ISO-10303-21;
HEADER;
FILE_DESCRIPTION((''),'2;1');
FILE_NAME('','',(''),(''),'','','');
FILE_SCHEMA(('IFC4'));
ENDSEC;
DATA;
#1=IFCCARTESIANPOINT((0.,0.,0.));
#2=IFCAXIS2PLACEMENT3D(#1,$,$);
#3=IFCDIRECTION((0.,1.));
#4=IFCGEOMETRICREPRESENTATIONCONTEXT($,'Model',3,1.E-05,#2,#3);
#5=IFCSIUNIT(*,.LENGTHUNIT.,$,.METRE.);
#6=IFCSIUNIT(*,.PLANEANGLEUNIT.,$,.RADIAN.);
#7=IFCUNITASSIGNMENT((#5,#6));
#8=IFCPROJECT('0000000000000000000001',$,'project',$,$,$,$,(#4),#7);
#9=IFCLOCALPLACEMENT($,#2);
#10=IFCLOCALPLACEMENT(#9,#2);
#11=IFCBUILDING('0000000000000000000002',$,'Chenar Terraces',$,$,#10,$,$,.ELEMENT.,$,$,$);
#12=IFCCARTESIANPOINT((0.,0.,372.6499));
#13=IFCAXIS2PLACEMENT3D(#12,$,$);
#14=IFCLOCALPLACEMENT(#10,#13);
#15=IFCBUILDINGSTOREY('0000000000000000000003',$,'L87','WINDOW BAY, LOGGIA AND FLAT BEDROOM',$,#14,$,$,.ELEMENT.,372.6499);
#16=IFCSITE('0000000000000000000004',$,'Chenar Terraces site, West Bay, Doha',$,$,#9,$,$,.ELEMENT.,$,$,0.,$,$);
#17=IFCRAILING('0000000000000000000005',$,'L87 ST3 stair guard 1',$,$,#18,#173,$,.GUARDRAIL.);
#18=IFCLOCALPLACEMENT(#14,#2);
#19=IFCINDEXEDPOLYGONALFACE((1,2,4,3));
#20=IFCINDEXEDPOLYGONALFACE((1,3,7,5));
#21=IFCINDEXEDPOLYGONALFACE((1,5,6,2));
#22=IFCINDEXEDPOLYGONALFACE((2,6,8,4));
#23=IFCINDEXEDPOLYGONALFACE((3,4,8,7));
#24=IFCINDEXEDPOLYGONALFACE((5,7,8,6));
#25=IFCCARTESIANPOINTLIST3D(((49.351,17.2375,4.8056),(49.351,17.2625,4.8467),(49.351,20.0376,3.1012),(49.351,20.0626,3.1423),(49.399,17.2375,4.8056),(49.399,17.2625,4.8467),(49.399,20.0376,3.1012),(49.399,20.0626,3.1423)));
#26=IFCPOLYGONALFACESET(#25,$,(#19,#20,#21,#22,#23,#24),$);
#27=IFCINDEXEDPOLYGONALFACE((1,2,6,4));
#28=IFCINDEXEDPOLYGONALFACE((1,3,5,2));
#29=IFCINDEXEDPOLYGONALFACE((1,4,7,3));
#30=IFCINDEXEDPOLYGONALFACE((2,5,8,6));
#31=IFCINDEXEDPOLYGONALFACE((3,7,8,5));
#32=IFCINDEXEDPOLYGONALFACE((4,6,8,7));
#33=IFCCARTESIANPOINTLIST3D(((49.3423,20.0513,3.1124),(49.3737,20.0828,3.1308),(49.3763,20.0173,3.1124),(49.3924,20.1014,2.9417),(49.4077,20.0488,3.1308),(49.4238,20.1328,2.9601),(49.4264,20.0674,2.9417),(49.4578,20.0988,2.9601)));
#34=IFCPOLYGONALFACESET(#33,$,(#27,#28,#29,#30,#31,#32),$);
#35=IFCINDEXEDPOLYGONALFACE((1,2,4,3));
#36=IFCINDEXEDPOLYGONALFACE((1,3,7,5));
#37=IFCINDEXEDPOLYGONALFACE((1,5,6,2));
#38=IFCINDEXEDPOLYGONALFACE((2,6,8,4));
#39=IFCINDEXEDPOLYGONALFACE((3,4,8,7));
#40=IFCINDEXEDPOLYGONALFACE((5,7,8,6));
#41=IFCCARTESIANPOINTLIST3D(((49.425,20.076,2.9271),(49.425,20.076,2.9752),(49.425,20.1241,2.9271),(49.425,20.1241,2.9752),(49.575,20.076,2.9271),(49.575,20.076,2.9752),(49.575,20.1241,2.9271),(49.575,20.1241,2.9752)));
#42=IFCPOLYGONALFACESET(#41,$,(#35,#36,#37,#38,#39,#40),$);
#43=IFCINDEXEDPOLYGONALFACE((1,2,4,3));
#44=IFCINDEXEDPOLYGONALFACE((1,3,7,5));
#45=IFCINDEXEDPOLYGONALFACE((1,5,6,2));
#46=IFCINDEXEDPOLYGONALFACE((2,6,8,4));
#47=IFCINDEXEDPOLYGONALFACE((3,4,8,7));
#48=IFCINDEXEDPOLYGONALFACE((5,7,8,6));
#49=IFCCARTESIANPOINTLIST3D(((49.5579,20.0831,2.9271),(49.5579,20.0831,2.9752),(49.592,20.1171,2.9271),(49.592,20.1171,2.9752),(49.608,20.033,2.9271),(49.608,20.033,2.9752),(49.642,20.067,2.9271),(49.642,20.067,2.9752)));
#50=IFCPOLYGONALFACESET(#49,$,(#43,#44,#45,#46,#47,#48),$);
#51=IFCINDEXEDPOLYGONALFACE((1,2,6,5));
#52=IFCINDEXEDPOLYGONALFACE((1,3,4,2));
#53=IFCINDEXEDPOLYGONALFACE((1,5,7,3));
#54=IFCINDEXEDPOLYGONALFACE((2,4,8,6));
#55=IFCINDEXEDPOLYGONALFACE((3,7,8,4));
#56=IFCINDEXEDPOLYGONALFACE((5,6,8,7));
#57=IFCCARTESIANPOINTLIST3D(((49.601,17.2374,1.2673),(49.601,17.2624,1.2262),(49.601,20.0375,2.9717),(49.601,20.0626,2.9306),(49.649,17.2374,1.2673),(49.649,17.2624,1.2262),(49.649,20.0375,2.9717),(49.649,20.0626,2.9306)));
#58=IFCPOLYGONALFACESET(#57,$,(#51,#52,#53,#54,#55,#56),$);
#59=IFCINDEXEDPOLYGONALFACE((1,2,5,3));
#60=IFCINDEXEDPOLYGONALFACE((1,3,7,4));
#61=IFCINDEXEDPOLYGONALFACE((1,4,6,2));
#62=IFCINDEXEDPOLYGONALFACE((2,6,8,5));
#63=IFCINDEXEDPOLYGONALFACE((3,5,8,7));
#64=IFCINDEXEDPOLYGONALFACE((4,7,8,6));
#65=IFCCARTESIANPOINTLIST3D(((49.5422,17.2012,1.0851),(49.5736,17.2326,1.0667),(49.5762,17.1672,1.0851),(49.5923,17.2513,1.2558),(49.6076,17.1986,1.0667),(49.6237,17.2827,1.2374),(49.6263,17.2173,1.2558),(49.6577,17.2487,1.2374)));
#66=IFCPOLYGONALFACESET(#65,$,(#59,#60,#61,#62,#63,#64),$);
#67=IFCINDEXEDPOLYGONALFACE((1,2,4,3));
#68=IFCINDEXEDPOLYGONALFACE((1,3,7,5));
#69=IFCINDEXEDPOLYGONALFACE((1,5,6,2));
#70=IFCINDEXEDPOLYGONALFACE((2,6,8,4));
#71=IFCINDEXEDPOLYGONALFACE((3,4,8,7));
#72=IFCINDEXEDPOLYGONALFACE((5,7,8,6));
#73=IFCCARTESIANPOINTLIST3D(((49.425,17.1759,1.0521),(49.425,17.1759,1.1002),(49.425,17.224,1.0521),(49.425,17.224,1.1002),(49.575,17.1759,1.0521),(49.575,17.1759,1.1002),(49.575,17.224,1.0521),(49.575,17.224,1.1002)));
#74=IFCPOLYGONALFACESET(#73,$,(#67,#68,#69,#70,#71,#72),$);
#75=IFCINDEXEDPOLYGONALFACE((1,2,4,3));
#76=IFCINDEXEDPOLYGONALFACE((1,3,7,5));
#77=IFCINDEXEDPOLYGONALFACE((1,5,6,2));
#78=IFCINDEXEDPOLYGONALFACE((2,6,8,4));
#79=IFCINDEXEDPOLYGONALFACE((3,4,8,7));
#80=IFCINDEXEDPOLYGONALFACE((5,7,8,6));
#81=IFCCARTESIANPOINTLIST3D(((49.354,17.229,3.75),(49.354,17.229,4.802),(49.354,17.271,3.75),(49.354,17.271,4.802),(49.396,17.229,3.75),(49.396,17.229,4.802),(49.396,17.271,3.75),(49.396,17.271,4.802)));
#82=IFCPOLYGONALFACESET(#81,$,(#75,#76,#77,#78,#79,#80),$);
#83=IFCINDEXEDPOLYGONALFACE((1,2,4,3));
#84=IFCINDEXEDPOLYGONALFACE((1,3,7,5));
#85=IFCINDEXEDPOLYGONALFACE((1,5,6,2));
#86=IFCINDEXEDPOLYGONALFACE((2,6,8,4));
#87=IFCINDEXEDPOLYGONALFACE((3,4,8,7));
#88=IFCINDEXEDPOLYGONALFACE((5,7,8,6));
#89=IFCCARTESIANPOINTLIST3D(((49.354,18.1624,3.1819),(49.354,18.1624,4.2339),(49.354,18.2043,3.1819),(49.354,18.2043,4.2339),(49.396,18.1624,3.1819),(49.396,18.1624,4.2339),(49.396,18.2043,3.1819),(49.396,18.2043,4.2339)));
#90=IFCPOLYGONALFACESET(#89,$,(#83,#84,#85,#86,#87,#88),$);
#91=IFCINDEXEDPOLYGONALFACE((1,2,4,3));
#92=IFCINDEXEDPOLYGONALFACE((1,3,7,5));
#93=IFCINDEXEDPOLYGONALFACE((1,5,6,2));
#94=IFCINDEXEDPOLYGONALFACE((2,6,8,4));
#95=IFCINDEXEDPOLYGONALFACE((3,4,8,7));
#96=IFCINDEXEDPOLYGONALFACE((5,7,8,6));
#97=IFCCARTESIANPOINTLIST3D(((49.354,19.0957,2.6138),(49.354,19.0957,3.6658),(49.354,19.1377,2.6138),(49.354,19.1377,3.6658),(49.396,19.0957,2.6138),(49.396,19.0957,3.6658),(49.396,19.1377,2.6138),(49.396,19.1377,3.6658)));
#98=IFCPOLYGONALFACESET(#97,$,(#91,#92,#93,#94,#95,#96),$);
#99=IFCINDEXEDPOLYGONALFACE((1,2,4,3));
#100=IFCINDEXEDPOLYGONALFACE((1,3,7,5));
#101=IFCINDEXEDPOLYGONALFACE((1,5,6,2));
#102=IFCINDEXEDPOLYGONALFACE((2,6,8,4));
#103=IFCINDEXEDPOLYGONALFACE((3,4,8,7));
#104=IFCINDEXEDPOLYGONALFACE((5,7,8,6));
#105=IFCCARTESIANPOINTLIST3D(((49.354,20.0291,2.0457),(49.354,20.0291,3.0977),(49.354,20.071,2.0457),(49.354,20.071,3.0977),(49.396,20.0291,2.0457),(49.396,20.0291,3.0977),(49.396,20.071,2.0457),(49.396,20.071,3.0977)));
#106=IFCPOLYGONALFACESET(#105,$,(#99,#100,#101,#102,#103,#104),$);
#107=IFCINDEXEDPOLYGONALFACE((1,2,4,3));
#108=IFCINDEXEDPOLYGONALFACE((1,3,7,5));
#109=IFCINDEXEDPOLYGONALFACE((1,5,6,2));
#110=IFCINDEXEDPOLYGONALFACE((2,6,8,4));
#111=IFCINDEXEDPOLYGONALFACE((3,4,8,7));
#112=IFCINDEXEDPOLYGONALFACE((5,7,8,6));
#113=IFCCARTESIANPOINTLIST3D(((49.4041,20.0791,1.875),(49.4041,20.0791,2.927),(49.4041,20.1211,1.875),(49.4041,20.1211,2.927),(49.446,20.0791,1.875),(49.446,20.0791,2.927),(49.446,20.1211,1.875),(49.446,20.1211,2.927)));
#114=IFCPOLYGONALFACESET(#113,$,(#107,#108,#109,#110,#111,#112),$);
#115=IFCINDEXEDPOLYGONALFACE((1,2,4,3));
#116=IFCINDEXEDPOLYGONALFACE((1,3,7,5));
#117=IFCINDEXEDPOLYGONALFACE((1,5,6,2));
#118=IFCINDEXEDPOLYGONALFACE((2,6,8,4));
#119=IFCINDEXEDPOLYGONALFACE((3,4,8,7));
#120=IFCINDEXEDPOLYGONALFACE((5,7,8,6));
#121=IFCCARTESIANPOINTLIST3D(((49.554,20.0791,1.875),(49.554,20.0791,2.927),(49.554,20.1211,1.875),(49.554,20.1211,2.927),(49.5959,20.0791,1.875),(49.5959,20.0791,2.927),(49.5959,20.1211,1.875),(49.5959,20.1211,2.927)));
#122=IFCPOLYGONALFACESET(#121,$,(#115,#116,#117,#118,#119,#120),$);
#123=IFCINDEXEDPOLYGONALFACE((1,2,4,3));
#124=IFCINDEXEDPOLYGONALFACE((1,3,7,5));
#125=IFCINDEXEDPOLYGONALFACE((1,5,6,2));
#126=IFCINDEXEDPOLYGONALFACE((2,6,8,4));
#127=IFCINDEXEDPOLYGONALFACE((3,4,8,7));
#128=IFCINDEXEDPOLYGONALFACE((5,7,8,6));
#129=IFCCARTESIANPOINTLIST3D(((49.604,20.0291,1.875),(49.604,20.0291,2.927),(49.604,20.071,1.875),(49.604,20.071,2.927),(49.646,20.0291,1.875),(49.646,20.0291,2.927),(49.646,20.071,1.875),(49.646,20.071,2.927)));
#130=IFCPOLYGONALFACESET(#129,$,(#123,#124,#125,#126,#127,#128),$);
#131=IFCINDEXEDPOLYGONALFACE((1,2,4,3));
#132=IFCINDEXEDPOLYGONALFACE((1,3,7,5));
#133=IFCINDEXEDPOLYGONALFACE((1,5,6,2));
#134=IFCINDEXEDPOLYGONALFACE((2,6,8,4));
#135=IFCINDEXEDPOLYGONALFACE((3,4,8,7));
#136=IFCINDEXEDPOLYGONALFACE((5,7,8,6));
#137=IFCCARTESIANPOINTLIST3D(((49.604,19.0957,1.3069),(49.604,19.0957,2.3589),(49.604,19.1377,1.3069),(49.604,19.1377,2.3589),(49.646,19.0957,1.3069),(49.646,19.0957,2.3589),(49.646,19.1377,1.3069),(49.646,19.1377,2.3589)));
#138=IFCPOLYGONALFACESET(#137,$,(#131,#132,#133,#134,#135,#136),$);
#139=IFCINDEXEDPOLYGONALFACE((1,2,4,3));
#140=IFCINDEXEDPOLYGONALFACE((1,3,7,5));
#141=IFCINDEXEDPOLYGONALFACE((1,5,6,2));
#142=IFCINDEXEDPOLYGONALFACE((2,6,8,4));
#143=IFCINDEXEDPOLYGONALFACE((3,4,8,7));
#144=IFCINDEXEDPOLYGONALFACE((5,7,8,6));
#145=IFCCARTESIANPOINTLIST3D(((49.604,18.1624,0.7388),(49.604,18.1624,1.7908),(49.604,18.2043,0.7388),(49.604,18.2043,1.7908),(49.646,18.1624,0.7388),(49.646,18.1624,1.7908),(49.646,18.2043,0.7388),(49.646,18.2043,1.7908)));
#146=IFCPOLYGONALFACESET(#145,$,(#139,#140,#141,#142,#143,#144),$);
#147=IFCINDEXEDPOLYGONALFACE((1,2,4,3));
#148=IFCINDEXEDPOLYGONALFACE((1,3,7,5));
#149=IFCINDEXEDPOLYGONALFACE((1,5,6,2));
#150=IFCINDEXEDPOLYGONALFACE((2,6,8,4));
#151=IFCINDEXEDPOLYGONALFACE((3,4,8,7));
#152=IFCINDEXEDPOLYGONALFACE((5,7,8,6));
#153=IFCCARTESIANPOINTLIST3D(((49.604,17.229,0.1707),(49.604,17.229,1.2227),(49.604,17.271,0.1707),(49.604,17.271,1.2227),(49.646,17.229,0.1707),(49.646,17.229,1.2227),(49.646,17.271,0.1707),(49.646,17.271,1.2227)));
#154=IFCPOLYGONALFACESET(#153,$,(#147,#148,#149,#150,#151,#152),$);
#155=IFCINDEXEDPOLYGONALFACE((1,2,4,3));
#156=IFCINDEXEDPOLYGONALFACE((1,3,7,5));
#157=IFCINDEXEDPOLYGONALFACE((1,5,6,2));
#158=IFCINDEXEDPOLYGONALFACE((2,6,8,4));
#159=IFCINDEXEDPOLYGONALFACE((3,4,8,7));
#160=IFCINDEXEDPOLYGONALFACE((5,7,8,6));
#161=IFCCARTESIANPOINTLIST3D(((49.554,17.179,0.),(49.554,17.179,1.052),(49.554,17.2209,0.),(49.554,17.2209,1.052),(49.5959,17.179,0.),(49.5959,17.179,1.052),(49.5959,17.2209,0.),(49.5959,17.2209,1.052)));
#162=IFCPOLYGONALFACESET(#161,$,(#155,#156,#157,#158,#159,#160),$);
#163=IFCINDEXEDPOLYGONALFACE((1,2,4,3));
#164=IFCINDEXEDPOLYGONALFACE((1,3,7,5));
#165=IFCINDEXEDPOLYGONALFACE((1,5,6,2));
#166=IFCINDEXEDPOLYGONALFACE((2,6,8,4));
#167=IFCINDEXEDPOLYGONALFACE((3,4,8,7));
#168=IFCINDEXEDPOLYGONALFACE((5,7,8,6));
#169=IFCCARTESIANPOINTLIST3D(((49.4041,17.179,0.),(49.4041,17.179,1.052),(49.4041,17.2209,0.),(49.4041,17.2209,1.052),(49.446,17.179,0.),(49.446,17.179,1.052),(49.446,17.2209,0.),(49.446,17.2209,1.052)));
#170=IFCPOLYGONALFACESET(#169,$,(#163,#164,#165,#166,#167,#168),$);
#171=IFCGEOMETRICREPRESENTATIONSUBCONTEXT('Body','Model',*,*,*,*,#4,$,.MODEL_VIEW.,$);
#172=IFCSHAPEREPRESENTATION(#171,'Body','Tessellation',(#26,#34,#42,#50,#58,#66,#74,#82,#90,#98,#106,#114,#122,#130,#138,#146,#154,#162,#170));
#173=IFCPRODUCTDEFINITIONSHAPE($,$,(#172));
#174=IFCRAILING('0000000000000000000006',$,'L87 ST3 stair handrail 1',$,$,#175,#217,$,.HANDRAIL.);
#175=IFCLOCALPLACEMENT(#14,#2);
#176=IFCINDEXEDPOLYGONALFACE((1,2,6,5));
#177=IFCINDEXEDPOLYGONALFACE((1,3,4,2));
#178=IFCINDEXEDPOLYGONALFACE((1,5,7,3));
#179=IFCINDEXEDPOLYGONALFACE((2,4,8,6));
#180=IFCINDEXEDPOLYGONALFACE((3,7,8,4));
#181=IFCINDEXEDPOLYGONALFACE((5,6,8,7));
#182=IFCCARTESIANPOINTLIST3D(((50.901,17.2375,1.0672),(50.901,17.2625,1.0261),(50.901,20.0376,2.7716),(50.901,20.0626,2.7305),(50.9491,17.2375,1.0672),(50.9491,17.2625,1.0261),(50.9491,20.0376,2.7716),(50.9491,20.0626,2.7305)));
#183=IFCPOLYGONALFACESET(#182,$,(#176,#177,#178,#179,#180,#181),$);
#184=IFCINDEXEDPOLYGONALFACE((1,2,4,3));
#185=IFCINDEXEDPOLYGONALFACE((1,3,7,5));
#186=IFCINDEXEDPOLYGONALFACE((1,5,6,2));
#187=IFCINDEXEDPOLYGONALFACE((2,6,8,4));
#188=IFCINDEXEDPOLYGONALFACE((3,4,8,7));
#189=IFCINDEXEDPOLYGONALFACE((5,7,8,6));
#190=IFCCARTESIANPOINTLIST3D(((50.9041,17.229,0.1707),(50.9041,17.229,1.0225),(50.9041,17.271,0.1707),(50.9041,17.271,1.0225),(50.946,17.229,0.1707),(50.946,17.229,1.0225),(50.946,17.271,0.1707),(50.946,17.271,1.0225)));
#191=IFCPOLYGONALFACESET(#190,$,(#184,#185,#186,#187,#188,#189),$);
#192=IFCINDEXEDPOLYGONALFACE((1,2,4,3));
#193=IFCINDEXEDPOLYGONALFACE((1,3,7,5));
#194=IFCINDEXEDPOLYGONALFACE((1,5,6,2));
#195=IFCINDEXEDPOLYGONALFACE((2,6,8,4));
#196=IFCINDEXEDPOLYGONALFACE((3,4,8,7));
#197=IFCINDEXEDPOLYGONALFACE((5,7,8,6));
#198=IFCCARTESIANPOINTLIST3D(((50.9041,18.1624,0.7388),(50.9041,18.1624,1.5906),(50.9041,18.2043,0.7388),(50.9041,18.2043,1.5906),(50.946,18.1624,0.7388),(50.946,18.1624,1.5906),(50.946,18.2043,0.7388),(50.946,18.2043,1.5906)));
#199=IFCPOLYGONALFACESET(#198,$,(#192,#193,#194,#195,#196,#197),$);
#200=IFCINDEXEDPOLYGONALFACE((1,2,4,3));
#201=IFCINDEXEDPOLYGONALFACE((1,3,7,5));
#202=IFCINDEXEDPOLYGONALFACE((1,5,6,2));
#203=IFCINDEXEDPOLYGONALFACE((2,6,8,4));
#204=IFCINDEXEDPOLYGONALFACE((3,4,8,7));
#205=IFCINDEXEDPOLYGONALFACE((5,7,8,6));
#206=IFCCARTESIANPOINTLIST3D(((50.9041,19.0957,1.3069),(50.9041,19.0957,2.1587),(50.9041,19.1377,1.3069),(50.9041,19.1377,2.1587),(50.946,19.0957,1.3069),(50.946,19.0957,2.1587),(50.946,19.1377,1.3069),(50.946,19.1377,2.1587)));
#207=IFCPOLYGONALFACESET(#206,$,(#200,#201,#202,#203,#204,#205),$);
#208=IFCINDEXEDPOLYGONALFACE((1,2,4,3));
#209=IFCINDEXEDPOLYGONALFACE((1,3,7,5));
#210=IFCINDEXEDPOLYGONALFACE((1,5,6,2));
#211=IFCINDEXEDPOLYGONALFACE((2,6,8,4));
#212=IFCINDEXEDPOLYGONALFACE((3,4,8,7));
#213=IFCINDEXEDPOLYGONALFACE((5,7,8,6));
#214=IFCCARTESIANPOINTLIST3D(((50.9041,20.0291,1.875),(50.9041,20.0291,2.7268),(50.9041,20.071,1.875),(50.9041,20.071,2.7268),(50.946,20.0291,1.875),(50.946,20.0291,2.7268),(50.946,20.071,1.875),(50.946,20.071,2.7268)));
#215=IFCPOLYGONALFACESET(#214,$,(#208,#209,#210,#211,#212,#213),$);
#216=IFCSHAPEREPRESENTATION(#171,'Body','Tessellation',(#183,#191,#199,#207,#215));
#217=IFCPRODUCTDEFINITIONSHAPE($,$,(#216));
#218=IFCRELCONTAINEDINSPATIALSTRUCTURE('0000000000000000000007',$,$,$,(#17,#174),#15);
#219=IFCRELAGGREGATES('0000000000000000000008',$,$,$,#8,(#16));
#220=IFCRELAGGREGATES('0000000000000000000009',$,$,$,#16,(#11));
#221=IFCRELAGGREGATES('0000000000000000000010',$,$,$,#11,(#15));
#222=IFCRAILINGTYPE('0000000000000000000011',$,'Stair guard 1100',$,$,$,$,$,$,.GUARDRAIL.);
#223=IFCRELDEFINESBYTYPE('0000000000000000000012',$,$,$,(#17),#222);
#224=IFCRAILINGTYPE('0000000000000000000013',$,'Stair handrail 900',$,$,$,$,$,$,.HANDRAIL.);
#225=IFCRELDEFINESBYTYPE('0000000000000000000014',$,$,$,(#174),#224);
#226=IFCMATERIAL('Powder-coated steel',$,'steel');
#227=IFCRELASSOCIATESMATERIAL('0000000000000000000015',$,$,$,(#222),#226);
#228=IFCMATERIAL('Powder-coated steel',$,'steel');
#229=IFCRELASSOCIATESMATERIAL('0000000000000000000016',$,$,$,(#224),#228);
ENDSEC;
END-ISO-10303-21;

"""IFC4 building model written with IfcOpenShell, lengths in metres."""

from ifc_helpers import new_model, si_unit, direction, frame, origin, origin_2d, place, context, subcontext, project, spatial, rectangle, extrude, material, type_object, element, save


model = new_model("IFC4")

# Units and contexts
model_context = context("Model", 3, precision=1e-05, world=origin(), true_north=direction((0.0, 1.0)))
body_context = subcontext(model_context, "Body", "Model", "MODEL_VIEW")
ifc_project = project(units=[si_unit("LENGTHUNIT", "METRE"), si_unit("PLANEANGLEUNIT", "RADIAN")], contexts=[model_context])

# Site, building, storey
site_placement = place(None, origin())
site = spatial("IfcSite", under=ifc_project, at=site_placement, Name="Chenar Terraces site, West Bay, Doha", CompositionType="ELEMENT", RefElevation=0.0)
building_placement = place(site_placement, origin())
building = spatial("IfcBuilding", under=site, at=building_placement, Name="Chenar Terraces", CompositionType="ELEMENT")
storey_placement = place(building_placement, frame((0.0, 0.0, 372.6499)))
storey = spatial("IfcBuildingStorey", under=building, at=storey_placement, Name="L87", Description="WINDOW BAY, LOGGIA AND FLAT BEDROOM", CompositionType="ELEMENT", Elevation=372.6499)

# Railings
ifc_material_1 = material(Name="Powder-coated steel", Category="steel")
railing_type_1 = type_object("IfcRailingType", Name="Stair guard 1100", PredefinedType="GUARDRAIL", material=ifc_material_1)
railing_1_placement = place(storey_placement, frame((49.375, 17.25, 3.75)))
element("IfcRailing", 1, at=railing_1_placement, inside=storey, type_object=railing_type_1, Name="L87 ST3 stair guard 1", PredefinedType="GUARDRAIL", context=body_context, shape_type="SweptSolid", body=[
    extrude(rectangle(XDim=0.0481, YDim=0.0481, at=origin_2d()), frame((0.0, 0.0, 1.0762), z_axis=(0.0, 0.854203, -0.51994), x_axis=(-1.0, 0.0, 0.0)), (0.0, 0.0, 1.0), 3.2781),
    extrude(rectangle(XDim=0.0481, YDim=0.0481, at=origin_2d()), frame((0.0, 2.8, -0.6284), z_axis=(0.2709, 0.2709, -0.923703), x_axis=(-0.707107, 0.707107, 0.0)), (0.0, 0.0, 1.0), 0.1848),
    extrude(rectangle(XDim=0.0481, YDim=0.0481, at=origin_2d()), frame((0.05, 2.8501, -0.7988), z_axis=(1.0, 0.0, 0.0), x_axis=(0.0, 1.0, 0.0)), (0.0, 0.0, 1.0), 0.1499),
    extrude(rectangle(XDim=0.0481, YDim=0.0481, at=origin_2d()), frame((0.2, 2.8501, -0.7988), z_axis=(0.707107, -0.707107, 0.0), x_axis=(0.707107, 0.707107, 0.0)), (0.0, 0.0, 1.0), 0.0708),
    extrude(rectangle(XDim=0.0481, YDim=0.0481, at=origin_2d()), frame((0.25, 2.8, -0.7988), z_axis=(0.0, -0.854203, -0.51994), x_axis=(1.0, 0.0, 0.0)), (0.0, 0.0, 1.0), 3.2781),
    extrude(rectangle(XDim=0.0481, YDim=0.0481, at=origin_2d()), frame((0.25, 0.0, -2.5034), z_axis=(-0.2709, -0.2709, -0.923703), x_axis=(0.707107, -0.707107, 0.0)), (0.0, 0.0, 1.0), 0.1848),
    extrude(rectangle(XDim=0.0481, YDim=0.0481, at=origin_2d()), frame((0.2, -0.05, -2.6738), z_axis=(-1.0, 0.0, 0.0), x_axis=(0.0, -1.0, 0.0)), (0.0, 0.0, 1.0), 0.1499),
    extrude(rectangle(XDim=0.042, YDim=0.042, at=origin_2d()), origin(), (0.0, 0.0, 1.0), 1.052),
    extrude(rectangle(XDim=0.042, YDim=0.042, at=origin_2d()), frame((0.0, 0.9333, -0.5681)), (0.0, 0.0, 1.0), 1.052),
    extrude(rectangle(XDim=0.042, YDim=0.042, at=origin_2d()), frame((0.0, 1.8667, -1.1362)), (0.0, 0.0, 1.0), 1.052),
    extrude(rectangle(XDim=0.042, YDim=0.042, at=origin_2d()), frame((0.0, 2.8, -1.7043)), (0.0, 0.0, 1.0), 1.052),
    extrude(rectangle(XDim=0.042, YDim=0.042, at=origin_2d()), frame((0.05, 2.8501, -1.875)), (0.0, 0.0, 1.0), 1.052),
    extrude(rectangle(XDim=0.042, YDim=0.042, at=origin_2d()), frame((0.2, 2.8501, -1.875)), (0.0, 0.0, 1.0), 1.052),
    extrude(rectangle(XDim=0.042, YDim=0.042, at=origin_2d()), frame((0.25, 2.8, -1.875)), (0.0, 0.0, 1.0), 1.052),
    extrude(rectangle(XDim=0.042, YDim=0.042, at=origin_2d()), frame((0.25, 1.8667, -2.4431)), (0.0, 0.0, 1.0), 1.052),
    extrude(rectangle(XDim=0.042, YDim=0.042, at=origin_2d()), frame((0.25, 0.9333, -3.0112)), (0.0, 0.0, 1.0), 1.052),
    extrude(rectangle(XDim=0.042, YDim=0.042, at=origin_2d()), frame((0.25, 0.0, -3.5793)), (0.0, 0.0, 1.0), 1.052),
    extrude(rectangle(XDim=0.042, YDim=0.042, at=origin_2d()), frame((0.2, -0.05, -3.75)), (0.0, 0.0, 1.0), 1.052),
    extrude(rectangle(XDim=0.042, YDim=0.042, at=origin_2d()), frame((0.05, -0.05, -3.75)), (0.0, 0.0, 1.0), 1.052),
])
ifc_material_2 = material(Name="Powder-coated steel", Category="steel")
railing_type_2 = type_object("IfcRailingType", Name="Stair handrail 900", PredefinedType="HANDRAIL", material=ifc_material_2)
railing_2_placement = place(storey_placement, frame((50.925, 17.25, 0.1707)))
element("IfcRailing", 2, at=railing_2_placement, inside=storey, type_object=railing_type_2, Name="L87 ST3 stair handrail 1", PredefinedType="HANDRAIL", context=body_context, shape_type="SweptSolid", body=[
    extrude(rectangle(XDim=0.0481, YDim=0.0481, at=origin_2d()), frame((0.0, 0.0, 0.876), z_axis=(0.0, 0.854203, 0.51994), x_axis=(-1.0, 0.0, 0.0)), (0.0, 0.0, 1.0), 3.2781),
    extrude(rectangle(XDim=0.042, YDim=0.042, at=origin_2d()), origin(), (0.0, 0.0, 1.0), 0.8518),
    extrude(rectangle(XDim=0.042, YDim=0.042, at=origin_2d()), frame((0.0, 0.9333, 0.5681)), (0.0, 0.0, 1.0), 0.8518),
    extrude(rectangle(XDim=0.042, YDim=0.042, at=origin_2d()), frame((0.0, 1.8667, 1.1362)), (0.0, 0.0, 1.0), 0.8518),
    extrude(rectangle(XDim=0.042, YDim=0.042, at=origin_2d()), frame((0.0, 2.8, 1.7043)), (0.0, 0.0, 1.0), 0.8518),
])

save(model, "model.ifc")
